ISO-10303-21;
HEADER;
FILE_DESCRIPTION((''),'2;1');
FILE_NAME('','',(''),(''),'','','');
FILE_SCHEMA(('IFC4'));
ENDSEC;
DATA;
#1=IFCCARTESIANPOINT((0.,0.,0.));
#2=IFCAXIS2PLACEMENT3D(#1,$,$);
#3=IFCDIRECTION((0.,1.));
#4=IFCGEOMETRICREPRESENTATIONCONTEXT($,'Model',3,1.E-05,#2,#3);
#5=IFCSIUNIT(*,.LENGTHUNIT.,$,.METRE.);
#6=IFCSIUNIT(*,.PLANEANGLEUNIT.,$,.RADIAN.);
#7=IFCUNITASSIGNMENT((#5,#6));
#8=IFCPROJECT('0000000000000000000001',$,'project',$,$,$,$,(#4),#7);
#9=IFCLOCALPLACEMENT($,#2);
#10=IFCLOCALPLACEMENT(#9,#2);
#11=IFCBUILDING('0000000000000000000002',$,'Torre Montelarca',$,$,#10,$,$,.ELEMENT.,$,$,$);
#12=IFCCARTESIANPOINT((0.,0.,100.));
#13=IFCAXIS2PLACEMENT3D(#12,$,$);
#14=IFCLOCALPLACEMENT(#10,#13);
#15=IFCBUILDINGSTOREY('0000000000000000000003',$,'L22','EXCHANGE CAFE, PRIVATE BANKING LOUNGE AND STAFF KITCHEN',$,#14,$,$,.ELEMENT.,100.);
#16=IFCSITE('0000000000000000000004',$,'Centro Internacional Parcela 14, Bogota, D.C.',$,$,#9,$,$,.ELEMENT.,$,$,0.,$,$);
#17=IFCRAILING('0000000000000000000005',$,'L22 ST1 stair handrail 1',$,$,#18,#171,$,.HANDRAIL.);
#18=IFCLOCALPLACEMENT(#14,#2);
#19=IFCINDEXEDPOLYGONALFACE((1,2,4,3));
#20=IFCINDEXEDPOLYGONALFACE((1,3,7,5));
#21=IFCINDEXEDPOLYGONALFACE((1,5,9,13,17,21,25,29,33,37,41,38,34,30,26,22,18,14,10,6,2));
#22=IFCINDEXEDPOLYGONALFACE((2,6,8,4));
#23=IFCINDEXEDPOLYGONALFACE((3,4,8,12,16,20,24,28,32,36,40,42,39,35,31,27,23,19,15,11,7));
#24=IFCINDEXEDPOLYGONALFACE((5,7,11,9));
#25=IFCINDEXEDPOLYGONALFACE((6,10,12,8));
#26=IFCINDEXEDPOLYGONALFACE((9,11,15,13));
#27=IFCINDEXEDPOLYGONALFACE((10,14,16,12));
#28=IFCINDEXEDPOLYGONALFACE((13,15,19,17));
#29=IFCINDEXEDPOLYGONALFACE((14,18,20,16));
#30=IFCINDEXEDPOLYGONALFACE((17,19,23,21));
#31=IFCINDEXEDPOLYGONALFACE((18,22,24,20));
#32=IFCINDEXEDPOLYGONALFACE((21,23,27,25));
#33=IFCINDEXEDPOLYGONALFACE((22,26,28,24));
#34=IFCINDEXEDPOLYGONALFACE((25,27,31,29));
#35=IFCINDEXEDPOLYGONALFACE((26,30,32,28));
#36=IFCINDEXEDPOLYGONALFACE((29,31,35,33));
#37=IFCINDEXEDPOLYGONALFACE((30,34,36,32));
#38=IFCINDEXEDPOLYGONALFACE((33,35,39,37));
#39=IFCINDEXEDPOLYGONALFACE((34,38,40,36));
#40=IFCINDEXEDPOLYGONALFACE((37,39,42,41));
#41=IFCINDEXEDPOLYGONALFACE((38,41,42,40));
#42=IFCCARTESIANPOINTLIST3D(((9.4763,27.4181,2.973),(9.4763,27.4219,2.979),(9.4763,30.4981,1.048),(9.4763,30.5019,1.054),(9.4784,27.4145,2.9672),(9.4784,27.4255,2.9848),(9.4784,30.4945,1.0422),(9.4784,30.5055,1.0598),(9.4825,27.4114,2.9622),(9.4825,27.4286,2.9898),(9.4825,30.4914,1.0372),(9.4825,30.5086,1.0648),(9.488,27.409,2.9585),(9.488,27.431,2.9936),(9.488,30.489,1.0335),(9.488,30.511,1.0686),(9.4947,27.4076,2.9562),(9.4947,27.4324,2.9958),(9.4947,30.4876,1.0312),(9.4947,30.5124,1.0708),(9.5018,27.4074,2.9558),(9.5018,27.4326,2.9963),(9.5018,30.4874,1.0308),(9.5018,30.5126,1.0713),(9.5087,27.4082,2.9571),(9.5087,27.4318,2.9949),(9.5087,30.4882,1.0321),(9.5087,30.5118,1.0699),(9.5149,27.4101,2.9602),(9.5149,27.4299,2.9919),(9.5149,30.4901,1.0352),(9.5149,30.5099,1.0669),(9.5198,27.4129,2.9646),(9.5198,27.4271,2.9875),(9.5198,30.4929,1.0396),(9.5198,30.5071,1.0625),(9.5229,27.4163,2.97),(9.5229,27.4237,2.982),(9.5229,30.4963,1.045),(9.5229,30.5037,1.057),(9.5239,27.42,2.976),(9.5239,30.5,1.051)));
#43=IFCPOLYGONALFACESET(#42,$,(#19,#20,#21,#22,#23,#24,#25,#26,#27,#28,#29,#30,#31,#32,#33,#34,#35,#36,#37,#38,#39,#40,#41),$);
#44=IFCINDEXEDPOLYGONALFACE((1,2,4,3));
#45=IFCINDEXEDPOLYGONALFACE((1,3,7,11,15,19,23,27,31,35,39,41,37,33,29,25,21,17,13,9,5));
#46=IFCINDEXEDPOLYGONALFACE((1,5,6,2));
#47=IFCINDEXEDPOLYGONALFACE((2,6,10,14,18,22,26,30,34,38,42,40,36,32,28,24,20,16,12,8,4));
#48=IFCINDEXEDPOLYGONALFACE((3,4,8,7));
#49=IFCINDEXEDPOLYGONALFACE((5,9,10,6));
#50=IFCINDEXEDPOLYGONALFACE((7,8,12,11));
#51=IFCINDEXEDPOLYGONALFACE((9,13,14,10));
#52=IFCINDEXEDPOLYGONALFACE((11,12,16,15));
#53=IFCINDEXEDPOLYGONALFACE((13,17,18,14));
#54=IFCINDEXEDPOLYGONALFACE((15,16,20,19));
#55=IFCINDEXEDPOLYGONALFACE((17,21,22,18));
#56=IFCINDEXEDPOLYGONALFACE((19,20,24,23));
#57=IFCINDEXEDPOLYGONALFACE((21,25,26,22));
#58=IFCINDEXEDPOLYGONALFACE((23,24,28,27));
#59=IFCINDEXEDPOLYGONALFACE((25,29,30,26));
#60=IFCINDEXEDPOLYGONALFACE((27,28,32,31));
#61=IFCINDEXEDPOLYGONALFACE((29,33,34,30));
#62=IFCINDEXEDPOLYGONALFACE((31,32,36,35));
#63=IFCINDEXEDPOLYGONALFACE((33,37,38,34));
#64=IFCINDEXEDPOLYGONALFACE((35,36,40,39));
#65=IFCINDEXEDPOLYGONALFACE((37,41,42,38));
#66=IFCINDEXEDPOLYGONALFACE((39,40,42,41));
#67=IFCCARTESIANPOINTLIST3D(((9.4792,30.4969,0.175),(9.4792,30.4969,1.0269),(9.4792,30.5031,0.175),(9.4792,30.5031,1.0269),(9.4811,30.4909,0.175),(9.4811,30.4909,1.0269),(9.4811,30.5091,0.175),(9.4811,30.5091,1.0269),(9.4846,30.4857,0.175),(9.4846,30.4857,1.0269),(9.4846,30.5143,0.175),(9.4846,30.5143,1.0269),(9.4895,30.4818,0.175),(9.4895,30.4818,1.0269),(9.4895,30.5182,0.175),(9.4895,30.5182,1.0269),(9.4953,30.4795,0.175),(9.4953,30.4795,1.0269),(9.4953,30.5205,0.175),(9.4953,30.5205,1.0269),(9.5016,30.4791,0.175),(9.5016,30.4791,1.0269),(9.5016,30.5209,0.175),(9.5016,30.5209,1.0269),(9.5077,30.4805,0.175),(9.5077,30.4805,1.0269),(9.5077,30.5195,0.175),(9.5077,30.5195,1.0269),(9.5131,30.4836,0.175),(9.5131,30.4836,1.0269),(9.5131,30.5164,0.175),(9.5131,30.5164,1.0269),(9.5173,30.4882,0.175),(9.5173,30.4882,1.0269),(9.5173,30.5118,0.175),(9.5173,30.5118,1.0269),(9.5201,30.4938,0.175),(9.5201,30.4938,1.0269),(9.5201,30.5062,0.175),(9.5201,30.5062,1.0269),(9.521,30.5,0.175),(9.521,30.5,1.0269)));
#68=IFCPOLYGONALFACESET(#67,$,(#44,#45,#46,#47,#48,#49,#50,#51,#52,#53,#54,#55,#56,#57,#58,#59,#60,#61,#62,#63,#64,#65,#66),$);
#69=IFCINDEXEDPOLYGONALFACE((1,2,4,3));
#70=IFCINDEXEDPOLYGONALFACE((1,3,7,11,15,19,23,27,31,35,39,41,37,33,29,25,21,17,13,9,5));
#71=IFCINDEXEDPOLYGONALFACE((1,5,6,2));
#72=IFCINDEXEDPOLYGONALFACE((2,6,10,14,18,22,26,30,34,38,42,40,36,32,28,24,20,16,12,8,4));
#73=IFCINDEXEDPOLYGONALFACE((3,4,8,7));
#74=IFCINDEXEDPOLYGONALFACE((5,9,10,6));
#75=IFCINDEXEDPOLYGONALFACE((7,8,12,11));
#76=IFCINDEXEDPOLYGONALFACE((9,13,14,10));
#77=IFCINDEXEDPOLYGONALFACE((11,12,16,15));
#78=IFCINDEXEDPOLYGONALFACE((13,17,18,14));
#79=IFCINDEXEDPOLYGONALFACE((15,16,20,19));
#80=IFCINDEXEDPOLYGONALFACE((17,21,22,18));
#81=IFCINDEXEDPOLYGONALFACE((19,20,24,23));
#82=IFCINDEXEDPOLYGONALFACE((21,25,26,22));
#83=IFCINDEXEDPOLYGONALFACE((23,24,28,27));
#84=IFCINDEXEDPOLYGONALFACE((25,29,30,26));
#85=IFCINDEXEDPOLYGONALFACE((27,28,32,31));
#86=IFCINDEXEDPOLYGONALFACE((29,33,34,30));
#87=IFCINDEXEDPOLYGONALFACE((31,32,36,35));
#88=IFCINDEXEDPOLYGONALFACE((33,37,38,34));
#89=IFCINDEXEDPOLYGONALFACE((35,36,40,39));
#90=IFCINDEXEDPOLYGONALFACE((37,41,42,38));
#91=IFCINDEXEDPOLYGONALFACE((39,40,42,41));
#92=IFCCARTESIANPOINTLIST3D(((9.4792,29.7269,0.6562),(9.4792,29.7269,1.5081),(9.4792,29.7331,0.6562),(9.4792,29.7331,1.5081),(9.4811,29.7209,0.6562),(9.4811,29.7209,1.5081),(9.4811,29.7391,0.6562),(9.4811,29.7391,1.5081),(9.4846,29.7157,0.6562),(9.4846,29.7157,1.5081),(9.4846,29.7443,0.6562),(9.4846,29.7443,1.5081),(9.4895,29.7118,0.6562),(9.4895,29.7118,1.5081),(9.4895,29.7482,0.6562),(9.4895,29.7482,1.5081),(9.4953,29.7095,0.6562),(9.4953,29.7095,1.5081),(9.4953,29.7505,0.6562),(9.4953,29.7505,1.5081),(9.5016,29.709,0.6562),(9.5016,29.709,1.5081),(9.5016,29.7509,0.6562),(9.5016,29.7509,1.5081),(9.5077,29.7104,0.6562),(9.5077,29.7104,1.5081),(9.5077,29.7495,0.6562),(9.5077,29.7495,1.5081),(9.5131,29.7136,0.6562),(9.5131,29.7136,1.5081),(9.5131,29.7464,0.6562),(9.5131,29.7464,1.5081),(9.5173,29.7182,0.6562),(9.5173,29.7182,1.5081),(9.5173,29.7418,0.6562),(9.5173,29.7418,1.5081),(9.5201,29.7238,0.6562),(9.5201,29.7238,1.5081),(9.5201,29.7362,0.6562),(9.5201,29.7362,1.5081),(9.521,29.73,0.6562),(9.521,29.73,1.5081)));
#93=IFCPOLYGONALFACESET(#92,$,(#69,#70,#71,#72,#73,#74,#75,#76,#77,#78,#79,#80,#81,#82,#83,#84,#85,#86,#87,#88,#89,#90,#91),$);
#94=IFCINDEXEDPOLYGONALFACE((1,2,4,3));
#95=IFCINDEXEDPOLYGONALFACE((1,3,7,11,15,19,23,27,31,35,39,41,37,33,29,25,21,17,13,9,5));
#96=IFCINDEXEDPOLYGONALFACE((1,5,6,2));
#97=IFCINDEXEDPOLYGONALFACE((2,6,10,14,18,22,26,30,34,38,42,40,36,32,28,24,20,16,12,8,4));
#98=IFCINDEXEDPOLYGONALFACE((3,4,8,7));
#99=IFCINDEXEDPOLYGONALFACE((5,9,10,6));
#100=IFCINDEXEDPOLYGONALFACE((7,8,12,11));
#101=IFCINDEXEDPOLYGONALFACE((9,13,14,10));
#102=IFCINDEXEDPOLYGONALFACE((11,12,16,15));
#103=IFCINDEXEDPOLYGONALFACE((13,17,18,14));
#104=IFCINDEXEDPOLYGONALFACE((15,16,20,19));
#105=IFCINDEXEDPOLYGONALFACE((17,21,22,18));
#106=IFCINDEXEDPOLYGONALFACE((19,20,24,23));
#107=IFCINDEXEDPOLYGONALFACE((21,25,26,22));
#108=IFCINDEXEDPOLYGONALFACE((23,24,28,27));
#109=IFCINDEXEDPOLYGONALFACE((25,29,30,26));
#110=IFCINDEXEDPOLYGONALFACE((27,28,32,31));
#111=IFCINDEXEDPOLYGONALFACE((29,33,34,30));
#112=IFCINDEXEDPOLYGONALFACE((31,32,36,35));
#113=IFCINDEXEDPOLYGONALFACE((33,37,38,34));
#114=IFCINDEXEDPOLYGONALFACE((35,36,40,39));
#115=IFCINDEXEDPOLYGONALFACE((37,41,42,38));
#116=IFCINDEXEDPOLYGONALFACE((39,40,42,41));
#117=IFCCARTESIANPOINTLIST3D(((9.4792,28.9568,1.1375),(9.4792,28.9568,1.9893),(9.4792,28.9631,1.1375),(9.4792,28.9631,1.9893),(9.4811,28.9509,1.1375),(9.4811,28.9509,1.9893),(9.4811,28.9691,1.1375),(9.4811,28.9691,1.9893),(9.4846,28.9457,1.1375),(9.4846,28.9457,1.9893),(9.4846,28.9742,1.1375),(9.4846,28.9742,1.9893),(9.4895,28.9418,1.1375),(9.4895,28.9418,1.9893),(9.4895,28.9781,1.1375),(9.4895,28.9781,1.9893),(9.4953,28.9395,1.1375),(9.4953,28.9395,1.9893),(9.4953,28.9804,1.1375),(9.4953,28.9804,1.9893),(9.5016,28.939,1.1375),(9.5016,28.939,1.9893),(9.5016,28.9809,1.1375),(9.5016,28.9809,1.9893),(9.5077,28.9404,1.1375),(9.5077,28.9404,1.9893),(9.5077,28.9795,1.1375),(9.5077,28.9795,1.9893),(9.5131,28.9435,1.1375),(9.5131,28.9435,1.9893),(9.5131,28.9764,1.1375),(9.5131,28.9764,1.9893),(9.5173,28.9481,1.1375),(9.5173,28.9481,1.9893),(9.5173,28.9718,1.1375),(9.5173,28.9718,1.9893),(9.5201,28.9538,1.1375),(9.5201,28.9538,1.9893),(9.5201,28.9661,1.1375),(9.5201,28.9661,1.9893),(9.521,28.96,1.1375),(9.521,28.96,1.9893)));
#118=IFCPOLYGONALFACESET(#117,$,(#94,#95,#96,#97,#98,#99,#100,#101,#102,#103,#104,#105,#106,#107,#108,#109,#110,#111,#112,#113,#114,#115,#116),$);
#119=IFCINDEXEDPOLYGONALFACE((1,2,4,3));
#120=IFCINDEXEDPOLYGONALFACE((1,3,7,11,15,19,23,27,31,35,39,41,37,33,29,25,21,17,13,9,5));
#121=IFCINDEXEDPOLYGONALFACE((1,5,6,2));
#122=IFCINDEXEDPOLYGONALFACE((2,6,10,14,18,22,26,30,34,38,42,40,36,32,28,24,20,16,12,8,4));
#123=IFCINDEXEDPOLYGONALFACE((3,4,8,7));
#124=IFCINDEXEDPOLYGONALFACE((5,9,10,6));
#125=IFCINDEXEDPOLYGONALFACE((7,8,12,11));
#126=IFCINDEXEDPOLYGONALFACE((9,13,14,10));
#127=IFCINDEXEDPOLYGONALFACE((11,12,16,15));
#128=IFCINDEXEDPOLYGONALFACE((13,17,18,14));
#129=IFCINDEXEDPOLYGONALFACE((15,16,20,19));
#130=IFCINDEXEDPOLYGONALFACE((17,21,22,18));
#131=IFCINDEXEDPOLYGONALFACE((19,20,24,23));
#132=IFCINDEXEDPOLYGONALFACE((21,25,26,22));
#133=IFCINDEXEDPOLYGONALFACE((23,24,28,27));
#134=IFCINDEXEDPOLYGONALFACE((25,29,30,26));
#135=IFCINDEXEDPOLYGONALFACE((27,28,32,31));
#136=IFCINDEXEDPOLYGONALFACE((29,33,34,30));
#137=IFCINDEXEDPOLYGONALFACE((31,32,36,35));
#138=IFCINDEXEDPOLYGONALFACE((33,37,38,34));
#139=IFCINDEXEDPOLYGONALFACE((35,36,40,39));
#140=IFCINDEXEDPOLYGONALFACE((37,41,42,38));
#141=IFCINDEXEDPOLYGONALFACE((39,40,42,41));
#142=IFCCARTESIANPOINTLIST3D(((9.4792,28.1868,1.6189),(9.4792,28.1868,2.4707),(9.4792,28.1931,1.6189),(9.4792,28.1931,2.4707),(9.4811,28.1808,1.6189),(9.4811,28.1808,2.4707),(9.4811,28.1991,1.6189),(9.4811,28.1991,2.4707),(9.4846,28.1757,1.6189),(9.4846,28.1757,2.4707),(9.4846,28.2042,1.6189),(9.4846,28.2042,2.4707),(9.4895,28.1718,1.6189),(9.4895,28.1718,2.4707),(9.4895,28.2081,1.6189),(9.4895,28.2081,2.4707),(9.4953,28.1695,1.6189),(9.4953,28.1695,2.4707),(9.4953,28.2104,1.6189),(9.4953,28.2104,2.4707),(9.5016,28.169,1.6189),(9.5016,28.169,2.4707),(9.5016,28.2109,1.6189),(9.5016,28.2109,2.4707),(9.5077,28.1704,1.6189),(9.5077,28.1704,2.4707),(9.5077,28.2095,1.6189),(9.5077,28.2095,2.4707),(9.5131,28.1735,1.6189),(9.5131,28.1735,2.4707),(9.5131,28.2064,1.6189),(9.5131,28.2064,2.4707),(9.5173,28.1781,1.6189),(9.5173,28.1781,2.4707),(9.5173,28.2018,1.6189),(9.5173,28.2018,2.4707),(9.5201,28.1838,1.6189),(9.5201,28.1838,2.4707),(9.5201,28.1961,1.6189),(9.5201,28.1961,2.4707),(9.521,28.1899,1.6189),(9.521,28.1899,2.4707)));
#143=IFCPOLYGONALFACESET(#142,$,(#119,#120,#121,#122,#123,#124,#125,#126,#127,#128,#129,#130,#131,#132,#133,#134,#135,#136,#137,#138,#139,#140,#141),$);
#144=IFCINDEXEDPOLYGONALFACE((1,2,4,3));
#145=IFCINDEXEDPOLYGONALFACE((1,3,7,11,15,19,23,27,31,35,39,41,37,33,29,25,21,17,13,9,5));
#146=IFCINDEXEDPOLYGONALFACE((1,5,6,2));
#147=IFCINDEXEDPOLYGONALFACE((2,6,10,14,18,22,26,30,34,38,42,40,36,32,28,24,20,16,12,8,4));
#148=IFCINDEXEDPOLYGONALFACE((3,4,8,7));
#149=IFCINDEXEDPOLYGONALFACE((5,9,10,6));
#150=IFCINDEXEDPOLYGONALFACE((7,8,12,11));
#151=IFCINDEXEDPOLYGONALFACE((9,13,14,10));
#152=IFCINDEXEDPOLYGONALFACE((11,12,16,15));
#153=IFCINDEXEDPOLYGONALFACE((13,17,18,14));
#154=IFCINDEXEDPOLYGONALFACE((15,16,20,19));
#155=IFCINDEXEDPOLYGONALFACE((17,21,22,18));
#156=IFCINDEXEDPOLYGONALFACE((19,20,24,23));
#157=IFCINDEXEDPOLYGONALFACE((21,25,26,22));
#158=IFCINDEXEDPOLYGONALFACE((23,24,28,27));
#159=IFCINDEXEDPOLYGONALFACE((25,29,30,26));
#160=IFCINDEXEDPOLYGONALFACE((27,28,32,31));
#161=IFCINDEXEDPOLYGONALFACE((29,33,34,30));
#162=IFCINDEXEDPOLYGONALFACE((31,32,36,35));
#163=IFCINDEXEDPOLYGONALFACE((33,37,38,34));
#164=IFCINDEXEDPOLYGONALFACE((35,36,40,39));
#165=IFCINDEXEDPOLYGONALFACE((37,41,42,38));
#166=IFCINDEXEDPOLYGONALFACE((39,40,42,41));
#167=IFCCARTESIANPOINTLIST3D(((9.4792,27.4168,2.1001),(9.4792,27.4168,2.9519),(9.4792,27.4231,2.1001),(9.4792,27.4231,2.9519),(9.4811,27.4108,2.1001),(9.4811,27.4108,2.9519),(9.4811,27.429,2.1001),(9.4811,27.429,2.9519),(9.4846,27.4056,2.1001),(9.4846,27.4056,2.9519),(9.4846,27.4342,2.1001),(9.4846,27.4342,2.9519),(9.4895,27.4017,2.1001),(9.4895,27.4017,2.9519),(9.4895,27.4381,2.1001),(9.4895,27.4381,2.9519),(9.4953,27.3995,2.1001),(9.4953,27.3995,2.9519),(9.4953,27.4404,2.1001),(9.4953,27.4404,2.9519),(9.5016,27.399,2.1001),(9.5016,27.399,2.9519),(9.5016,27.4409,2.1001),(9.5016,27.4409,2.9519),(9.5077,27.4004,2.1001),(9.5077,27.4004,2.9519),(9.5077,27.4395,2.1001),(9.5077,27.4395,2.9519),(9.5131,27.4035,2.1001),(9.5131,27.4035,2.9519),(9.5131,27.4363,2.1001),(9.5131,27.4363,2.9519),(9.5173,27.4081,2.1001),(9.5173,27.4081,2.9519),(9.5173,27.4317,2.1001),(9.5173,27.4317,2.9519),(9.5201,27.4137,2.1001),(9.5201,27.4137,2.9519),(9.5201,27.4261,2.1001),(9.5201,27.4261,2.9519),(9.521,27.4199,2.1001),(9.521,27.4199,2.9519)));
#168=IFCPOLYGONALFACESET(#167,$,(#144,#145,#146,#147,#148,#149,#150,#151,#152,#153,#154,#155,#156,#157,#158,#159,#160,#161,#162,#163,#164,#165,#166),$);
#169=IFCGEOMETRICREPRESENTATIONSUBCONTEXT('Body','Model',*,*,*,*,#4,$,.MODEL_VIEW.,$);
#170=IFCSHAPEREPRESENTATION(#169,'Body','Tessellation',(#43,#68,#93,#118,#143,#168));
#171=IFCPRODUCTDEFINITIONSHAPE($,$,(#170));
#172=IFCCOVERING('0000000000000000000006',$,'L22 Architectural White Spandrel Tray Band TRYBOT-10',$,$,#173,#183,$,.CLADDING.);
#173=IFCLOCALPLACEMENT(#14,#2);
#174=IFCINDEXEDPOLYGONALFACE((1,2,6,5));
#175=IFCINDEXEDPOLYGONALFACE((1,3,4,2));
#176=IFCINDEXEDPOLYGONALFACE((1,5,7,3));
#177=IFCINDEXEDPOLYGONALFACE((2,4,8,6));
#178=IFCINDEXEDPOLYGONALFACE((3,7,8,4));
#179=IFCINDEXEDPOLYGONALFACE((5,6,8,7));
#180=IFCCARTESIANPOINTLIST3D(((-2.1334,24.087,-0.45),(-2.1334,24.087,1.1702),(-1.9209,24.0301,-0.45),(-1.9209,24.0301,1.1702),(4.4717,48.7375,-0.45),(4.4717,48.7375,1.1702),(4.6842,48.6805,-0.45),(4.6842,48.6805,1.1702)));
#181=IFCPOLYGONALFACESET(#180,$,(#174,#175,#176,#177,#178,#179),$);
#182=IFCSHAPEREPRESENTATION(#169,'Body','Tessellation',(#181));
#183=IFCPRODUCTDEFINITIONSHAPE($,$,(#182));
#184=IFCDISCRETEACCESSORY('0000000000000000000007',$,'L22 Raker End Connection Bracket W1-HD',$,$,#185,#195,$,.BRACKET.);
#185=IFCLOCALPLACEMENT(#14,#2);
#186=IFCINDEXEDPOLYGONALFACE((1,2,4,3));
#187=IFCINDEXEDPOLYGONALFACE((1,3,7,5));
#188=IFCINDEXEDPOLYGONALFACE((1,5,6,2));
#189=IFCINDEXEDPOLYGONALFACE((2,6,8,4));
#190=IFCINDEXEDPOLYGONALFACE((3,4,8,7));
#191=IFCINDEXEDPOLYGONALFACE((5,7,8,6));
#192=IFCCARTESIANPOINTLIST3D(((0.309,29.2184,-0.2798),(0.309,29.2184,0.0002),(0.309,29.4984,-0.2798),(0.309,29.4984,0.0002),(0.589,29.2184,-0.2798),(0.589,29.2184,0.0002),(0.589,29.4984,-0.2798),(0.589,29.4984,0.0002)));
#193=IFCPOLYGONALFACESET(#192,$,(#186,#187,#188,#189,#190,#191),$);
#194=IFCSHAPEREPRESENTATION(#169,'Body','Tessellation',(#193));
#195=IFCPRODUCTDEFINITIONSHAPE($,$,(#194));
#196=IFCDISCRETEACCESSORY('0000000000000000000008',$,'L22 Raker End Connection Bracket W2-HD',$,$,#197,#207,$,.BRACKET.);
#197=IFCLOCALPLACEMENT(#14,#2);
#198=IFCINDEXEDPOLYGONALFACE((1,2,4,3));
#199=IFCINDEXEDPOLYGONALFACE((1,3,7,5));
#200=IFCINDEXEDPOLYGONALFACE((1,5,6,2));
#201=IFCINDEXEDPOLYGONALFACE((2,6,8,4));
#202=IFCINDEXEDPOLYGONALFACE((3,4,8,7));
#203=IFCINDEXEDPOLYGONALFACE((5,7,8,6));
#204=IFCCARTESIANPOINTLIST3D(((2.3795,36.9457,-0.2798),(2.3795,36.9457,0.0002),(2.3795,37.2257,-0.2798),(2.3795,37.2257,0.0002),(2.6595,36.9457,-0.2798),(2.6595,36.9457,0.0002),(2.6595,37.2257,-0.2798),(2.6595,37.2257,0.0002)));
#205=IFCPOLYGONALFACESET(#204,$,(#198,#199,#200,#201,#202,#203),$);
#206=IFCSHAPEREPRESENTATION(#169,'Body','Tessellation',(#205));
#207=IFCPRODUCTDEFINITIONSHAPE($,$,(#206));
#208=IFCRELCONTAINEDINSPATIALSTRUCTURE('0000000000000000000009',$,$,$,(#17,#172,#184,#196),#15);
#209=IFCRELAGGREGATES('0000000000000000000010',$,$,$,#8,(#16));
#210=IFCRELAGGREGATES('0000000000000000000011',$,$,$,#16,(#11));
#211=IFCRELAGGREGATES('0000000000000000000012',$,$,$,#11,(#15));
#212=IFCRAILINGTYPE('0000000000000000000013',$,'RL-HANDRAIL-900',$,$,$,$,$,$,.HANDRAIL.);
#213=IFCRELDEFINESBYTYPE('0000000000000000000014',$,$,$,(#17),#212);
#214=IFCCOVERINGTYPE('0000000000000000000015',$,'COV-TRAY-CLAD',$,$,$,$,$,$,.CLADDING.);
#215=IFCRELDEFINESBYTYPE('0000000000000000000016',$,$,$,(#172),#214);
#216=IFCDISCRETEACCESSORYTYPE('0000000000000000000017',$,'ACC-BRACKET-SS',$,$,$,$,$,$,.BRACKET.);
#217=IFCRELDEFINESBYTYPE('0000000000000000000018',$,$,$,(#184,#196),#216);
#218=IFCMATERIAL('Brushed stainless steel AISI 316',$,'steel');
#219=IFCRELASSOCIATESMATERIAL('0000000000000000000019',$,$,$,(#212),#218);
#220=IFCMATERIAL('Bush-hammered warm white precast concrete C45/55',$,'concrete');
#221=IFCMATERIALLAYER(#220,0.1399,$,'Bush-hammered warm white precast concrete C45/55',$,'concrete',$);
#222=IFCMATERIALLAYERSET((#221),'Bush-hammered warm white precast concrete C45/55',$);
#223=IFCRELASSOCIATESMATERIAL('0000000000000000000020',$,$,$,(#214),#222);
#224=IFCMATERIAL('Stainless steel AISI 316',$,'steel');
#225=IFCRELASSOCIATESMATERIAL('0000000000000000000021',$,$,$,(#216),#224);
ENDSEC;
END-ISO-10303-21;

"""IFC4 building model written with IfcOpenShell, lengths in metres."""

from ifc_helpers import new_model, si_unit, direction, frame, origin, origin_2d, place, context, subcontext, project, spatial, rectangle, circle, extrude, source, transform, mapped, material, layer, layer_set, type_object, element, save


model = new_model("IFC4")

# Units and contexts
model_context = context("Model", 3, precision=1e-05, world=origin(), true_north=direction((0.0, 1.0)))
body_context = subcontext(model_context, "Body", "Model", "MODEL_VIEW")
ifc_project = project(units=[si_unit("LENGTHUNIT", "METRE"), si_unit("PLANEANGLEUNIT", "RADIAN")], contexts=[model_context])

# Site, building, storey
site_placement = place(None, origin())
site = spatial("IfcSite", under=ifc_project, at=site_placement, Name="Centro Internacional Parcela 14, Bogota, D.C.", CompositionType="ELEMENT", RefElevation=0.0)
building_placement = place(site_placement, origin())
building = spatial("IfcBuilding", under=site, at=building_placement, Name="Torre Montelarca", CompositionType="ELEMENT")
storey_placement = place(building_placement, frame((0.0, 0.0, 100.0)))
storey = spatial("IfcBuildingStorey", under=building, at=storey_placement, Name="L22", Description="EXCHANGE CAFE, PRIVATE BANKING LOUNGE AND STAFF KITCHEN", CompositionType="ELEMENT", Elevation=100.0)

# Shared definitions
ifc_material_1 = material(Name="Brushed stainless steel AISI 316", Category="steel")

# Railing
railing_type = type_object("IfcRailingType", Name="RL-HANDRAIL-900", PredefinedType="HANDRAIL", material=ifc_material_1)
railing_placement = place(storey_placement, frame((9.5, 30.5, 0.175)))
element("IfcRailing", 1, at=railing_placement, inside=storey, type_object=railing_type, Name="L22 ST1 stair handrail 1", PredefinedType="HANDRAIL", context=body_context, shape_type="SweptSolid", body=[
    extrude(circle(Radius=0.0239, at=origin_2d()), frame((0.0, 0.0, 0.876), z_axis=(0.0, -0.847998, 0.529999), x_axis=(1.0, 0.0, 0.0)), (0.0, 0.0, 1.0), 3.6321),
    extrude(circle(Radius=0.021, at=origin_2d()), origin(), (0.0, 0.0, 1.0), 0.8518),
    extrude(circle(Radius=0.021, at=origin_2d()), frame((0.0, -0.77, 0.4812)), (0.0, 0.0, 1.0), 0.8518),
    extrude(circle(Radius=0.021, at=origin_2d()), frame((0.0, -1.54, 0.9624)), (0.0, 0.0, 1.0), 0.8518),
    extrude(circle(Radius=0.021, at=origin_2d()), frame((0.0, -2.3101, 1.4438)), (0.0, 0.0, 1.0), 0.8518),
    extrude(circle(Radius=0.021, at=origin_2d()), frame((0.0, -3.0801, 1.925)), (0.0, 0.0, 1.0), 0.8518),
])

# Covering
ifc_material_2 = material(Name="Bush-hammered warm white precast concrete C45/55", Category="concrete")
ifc_layer_1 = layer(ifc_material_2, 0.1399, Name="Bush-hammered warm white precast concrete C45/55", Category="concrete")
ifc_layer_set_1 = layer_set([ifc_layer_1], Name="Bush-hammered warm white precast concrete C45/55")
covering_type = type_object("IfcCoveringType", Name="COV-TRAY-CLAD", PredefinedType="CLADDING", material=ifc_layer_set_1)
shared_shape_1 = source(origin(), body_context, "Body", "SweptSolid", [
    extrude(rectangle(XDim=25.52, YDim=0.22, at=origin_2d()), origin(), (0.0, 0.0, 1.0), 1.6201),
])
covering_placement = place(storey_placement, frame((1.2754, 36.3838, -0.45), z_axis=(0.0, 0.0, 1.0), x_axis=(-0.258819, -0.965926, 0.0)))
element("IfcCovering", 2, at=covering_placement, inside=storey, type_object=covering_type, Name="L22 Architectural White Spandrel Tray Band TRYBOT-10", PredefinedType="CLADDING", context=body_context, shape_type="MappedRepresentation", body=[
    mapped(shared_shape_1, transform((0.0, 0.0, 0.0), scale=1.0)),
])

# Discrete accessories
ifc_material_3 = material(Name="Stainless steel AISI 316", Category="steel")
discrete_accessory_type = type_object("IfcDiscreteAccessoryType", Name="ACC-BRACKET-SS", PredefinedType="BRACKET", material=ifc_material_3)
shared_shape_2 = source(origin(), body_context, "Body", "SweptSolid", [
    extrude(rectangle(XDim=0.28, YDim=0.28, at=origin_2d()), origin(), (0.0, 0.0, 1.0), 0.28),
])
for number, where, z_axis, x_axis, name in (
    (3, (0.449, 29.3584, -0.2798), (0.0, 0.0, 1.0), (1.0, 0.0, 0.0), "L22 Raker End Connection Bracket W1-HD"),
    (4, (2.5195, 37.0857, -0.2798), (0.0, 0.0, 1.0), (1.0, 0.0, 0.0), "L22 Raker End Connection Bracket W2-HD"),
):
    element("IfcDiscreteAccessory", number, at=place(storey_placement, frame(where, z_axis=z_axis, x_axis=x_axis)), inside=storey, type_object=discrete_accessory_type, Name=name, PredefinedType="BRACKET", context=body_context, shape_type="MappedRepresentation", body=[
        mapped(shared_shape_2, transform((0.0, 0.0, 0.0), scale=1.0)),
    ])

save(model, "model.ifc")
